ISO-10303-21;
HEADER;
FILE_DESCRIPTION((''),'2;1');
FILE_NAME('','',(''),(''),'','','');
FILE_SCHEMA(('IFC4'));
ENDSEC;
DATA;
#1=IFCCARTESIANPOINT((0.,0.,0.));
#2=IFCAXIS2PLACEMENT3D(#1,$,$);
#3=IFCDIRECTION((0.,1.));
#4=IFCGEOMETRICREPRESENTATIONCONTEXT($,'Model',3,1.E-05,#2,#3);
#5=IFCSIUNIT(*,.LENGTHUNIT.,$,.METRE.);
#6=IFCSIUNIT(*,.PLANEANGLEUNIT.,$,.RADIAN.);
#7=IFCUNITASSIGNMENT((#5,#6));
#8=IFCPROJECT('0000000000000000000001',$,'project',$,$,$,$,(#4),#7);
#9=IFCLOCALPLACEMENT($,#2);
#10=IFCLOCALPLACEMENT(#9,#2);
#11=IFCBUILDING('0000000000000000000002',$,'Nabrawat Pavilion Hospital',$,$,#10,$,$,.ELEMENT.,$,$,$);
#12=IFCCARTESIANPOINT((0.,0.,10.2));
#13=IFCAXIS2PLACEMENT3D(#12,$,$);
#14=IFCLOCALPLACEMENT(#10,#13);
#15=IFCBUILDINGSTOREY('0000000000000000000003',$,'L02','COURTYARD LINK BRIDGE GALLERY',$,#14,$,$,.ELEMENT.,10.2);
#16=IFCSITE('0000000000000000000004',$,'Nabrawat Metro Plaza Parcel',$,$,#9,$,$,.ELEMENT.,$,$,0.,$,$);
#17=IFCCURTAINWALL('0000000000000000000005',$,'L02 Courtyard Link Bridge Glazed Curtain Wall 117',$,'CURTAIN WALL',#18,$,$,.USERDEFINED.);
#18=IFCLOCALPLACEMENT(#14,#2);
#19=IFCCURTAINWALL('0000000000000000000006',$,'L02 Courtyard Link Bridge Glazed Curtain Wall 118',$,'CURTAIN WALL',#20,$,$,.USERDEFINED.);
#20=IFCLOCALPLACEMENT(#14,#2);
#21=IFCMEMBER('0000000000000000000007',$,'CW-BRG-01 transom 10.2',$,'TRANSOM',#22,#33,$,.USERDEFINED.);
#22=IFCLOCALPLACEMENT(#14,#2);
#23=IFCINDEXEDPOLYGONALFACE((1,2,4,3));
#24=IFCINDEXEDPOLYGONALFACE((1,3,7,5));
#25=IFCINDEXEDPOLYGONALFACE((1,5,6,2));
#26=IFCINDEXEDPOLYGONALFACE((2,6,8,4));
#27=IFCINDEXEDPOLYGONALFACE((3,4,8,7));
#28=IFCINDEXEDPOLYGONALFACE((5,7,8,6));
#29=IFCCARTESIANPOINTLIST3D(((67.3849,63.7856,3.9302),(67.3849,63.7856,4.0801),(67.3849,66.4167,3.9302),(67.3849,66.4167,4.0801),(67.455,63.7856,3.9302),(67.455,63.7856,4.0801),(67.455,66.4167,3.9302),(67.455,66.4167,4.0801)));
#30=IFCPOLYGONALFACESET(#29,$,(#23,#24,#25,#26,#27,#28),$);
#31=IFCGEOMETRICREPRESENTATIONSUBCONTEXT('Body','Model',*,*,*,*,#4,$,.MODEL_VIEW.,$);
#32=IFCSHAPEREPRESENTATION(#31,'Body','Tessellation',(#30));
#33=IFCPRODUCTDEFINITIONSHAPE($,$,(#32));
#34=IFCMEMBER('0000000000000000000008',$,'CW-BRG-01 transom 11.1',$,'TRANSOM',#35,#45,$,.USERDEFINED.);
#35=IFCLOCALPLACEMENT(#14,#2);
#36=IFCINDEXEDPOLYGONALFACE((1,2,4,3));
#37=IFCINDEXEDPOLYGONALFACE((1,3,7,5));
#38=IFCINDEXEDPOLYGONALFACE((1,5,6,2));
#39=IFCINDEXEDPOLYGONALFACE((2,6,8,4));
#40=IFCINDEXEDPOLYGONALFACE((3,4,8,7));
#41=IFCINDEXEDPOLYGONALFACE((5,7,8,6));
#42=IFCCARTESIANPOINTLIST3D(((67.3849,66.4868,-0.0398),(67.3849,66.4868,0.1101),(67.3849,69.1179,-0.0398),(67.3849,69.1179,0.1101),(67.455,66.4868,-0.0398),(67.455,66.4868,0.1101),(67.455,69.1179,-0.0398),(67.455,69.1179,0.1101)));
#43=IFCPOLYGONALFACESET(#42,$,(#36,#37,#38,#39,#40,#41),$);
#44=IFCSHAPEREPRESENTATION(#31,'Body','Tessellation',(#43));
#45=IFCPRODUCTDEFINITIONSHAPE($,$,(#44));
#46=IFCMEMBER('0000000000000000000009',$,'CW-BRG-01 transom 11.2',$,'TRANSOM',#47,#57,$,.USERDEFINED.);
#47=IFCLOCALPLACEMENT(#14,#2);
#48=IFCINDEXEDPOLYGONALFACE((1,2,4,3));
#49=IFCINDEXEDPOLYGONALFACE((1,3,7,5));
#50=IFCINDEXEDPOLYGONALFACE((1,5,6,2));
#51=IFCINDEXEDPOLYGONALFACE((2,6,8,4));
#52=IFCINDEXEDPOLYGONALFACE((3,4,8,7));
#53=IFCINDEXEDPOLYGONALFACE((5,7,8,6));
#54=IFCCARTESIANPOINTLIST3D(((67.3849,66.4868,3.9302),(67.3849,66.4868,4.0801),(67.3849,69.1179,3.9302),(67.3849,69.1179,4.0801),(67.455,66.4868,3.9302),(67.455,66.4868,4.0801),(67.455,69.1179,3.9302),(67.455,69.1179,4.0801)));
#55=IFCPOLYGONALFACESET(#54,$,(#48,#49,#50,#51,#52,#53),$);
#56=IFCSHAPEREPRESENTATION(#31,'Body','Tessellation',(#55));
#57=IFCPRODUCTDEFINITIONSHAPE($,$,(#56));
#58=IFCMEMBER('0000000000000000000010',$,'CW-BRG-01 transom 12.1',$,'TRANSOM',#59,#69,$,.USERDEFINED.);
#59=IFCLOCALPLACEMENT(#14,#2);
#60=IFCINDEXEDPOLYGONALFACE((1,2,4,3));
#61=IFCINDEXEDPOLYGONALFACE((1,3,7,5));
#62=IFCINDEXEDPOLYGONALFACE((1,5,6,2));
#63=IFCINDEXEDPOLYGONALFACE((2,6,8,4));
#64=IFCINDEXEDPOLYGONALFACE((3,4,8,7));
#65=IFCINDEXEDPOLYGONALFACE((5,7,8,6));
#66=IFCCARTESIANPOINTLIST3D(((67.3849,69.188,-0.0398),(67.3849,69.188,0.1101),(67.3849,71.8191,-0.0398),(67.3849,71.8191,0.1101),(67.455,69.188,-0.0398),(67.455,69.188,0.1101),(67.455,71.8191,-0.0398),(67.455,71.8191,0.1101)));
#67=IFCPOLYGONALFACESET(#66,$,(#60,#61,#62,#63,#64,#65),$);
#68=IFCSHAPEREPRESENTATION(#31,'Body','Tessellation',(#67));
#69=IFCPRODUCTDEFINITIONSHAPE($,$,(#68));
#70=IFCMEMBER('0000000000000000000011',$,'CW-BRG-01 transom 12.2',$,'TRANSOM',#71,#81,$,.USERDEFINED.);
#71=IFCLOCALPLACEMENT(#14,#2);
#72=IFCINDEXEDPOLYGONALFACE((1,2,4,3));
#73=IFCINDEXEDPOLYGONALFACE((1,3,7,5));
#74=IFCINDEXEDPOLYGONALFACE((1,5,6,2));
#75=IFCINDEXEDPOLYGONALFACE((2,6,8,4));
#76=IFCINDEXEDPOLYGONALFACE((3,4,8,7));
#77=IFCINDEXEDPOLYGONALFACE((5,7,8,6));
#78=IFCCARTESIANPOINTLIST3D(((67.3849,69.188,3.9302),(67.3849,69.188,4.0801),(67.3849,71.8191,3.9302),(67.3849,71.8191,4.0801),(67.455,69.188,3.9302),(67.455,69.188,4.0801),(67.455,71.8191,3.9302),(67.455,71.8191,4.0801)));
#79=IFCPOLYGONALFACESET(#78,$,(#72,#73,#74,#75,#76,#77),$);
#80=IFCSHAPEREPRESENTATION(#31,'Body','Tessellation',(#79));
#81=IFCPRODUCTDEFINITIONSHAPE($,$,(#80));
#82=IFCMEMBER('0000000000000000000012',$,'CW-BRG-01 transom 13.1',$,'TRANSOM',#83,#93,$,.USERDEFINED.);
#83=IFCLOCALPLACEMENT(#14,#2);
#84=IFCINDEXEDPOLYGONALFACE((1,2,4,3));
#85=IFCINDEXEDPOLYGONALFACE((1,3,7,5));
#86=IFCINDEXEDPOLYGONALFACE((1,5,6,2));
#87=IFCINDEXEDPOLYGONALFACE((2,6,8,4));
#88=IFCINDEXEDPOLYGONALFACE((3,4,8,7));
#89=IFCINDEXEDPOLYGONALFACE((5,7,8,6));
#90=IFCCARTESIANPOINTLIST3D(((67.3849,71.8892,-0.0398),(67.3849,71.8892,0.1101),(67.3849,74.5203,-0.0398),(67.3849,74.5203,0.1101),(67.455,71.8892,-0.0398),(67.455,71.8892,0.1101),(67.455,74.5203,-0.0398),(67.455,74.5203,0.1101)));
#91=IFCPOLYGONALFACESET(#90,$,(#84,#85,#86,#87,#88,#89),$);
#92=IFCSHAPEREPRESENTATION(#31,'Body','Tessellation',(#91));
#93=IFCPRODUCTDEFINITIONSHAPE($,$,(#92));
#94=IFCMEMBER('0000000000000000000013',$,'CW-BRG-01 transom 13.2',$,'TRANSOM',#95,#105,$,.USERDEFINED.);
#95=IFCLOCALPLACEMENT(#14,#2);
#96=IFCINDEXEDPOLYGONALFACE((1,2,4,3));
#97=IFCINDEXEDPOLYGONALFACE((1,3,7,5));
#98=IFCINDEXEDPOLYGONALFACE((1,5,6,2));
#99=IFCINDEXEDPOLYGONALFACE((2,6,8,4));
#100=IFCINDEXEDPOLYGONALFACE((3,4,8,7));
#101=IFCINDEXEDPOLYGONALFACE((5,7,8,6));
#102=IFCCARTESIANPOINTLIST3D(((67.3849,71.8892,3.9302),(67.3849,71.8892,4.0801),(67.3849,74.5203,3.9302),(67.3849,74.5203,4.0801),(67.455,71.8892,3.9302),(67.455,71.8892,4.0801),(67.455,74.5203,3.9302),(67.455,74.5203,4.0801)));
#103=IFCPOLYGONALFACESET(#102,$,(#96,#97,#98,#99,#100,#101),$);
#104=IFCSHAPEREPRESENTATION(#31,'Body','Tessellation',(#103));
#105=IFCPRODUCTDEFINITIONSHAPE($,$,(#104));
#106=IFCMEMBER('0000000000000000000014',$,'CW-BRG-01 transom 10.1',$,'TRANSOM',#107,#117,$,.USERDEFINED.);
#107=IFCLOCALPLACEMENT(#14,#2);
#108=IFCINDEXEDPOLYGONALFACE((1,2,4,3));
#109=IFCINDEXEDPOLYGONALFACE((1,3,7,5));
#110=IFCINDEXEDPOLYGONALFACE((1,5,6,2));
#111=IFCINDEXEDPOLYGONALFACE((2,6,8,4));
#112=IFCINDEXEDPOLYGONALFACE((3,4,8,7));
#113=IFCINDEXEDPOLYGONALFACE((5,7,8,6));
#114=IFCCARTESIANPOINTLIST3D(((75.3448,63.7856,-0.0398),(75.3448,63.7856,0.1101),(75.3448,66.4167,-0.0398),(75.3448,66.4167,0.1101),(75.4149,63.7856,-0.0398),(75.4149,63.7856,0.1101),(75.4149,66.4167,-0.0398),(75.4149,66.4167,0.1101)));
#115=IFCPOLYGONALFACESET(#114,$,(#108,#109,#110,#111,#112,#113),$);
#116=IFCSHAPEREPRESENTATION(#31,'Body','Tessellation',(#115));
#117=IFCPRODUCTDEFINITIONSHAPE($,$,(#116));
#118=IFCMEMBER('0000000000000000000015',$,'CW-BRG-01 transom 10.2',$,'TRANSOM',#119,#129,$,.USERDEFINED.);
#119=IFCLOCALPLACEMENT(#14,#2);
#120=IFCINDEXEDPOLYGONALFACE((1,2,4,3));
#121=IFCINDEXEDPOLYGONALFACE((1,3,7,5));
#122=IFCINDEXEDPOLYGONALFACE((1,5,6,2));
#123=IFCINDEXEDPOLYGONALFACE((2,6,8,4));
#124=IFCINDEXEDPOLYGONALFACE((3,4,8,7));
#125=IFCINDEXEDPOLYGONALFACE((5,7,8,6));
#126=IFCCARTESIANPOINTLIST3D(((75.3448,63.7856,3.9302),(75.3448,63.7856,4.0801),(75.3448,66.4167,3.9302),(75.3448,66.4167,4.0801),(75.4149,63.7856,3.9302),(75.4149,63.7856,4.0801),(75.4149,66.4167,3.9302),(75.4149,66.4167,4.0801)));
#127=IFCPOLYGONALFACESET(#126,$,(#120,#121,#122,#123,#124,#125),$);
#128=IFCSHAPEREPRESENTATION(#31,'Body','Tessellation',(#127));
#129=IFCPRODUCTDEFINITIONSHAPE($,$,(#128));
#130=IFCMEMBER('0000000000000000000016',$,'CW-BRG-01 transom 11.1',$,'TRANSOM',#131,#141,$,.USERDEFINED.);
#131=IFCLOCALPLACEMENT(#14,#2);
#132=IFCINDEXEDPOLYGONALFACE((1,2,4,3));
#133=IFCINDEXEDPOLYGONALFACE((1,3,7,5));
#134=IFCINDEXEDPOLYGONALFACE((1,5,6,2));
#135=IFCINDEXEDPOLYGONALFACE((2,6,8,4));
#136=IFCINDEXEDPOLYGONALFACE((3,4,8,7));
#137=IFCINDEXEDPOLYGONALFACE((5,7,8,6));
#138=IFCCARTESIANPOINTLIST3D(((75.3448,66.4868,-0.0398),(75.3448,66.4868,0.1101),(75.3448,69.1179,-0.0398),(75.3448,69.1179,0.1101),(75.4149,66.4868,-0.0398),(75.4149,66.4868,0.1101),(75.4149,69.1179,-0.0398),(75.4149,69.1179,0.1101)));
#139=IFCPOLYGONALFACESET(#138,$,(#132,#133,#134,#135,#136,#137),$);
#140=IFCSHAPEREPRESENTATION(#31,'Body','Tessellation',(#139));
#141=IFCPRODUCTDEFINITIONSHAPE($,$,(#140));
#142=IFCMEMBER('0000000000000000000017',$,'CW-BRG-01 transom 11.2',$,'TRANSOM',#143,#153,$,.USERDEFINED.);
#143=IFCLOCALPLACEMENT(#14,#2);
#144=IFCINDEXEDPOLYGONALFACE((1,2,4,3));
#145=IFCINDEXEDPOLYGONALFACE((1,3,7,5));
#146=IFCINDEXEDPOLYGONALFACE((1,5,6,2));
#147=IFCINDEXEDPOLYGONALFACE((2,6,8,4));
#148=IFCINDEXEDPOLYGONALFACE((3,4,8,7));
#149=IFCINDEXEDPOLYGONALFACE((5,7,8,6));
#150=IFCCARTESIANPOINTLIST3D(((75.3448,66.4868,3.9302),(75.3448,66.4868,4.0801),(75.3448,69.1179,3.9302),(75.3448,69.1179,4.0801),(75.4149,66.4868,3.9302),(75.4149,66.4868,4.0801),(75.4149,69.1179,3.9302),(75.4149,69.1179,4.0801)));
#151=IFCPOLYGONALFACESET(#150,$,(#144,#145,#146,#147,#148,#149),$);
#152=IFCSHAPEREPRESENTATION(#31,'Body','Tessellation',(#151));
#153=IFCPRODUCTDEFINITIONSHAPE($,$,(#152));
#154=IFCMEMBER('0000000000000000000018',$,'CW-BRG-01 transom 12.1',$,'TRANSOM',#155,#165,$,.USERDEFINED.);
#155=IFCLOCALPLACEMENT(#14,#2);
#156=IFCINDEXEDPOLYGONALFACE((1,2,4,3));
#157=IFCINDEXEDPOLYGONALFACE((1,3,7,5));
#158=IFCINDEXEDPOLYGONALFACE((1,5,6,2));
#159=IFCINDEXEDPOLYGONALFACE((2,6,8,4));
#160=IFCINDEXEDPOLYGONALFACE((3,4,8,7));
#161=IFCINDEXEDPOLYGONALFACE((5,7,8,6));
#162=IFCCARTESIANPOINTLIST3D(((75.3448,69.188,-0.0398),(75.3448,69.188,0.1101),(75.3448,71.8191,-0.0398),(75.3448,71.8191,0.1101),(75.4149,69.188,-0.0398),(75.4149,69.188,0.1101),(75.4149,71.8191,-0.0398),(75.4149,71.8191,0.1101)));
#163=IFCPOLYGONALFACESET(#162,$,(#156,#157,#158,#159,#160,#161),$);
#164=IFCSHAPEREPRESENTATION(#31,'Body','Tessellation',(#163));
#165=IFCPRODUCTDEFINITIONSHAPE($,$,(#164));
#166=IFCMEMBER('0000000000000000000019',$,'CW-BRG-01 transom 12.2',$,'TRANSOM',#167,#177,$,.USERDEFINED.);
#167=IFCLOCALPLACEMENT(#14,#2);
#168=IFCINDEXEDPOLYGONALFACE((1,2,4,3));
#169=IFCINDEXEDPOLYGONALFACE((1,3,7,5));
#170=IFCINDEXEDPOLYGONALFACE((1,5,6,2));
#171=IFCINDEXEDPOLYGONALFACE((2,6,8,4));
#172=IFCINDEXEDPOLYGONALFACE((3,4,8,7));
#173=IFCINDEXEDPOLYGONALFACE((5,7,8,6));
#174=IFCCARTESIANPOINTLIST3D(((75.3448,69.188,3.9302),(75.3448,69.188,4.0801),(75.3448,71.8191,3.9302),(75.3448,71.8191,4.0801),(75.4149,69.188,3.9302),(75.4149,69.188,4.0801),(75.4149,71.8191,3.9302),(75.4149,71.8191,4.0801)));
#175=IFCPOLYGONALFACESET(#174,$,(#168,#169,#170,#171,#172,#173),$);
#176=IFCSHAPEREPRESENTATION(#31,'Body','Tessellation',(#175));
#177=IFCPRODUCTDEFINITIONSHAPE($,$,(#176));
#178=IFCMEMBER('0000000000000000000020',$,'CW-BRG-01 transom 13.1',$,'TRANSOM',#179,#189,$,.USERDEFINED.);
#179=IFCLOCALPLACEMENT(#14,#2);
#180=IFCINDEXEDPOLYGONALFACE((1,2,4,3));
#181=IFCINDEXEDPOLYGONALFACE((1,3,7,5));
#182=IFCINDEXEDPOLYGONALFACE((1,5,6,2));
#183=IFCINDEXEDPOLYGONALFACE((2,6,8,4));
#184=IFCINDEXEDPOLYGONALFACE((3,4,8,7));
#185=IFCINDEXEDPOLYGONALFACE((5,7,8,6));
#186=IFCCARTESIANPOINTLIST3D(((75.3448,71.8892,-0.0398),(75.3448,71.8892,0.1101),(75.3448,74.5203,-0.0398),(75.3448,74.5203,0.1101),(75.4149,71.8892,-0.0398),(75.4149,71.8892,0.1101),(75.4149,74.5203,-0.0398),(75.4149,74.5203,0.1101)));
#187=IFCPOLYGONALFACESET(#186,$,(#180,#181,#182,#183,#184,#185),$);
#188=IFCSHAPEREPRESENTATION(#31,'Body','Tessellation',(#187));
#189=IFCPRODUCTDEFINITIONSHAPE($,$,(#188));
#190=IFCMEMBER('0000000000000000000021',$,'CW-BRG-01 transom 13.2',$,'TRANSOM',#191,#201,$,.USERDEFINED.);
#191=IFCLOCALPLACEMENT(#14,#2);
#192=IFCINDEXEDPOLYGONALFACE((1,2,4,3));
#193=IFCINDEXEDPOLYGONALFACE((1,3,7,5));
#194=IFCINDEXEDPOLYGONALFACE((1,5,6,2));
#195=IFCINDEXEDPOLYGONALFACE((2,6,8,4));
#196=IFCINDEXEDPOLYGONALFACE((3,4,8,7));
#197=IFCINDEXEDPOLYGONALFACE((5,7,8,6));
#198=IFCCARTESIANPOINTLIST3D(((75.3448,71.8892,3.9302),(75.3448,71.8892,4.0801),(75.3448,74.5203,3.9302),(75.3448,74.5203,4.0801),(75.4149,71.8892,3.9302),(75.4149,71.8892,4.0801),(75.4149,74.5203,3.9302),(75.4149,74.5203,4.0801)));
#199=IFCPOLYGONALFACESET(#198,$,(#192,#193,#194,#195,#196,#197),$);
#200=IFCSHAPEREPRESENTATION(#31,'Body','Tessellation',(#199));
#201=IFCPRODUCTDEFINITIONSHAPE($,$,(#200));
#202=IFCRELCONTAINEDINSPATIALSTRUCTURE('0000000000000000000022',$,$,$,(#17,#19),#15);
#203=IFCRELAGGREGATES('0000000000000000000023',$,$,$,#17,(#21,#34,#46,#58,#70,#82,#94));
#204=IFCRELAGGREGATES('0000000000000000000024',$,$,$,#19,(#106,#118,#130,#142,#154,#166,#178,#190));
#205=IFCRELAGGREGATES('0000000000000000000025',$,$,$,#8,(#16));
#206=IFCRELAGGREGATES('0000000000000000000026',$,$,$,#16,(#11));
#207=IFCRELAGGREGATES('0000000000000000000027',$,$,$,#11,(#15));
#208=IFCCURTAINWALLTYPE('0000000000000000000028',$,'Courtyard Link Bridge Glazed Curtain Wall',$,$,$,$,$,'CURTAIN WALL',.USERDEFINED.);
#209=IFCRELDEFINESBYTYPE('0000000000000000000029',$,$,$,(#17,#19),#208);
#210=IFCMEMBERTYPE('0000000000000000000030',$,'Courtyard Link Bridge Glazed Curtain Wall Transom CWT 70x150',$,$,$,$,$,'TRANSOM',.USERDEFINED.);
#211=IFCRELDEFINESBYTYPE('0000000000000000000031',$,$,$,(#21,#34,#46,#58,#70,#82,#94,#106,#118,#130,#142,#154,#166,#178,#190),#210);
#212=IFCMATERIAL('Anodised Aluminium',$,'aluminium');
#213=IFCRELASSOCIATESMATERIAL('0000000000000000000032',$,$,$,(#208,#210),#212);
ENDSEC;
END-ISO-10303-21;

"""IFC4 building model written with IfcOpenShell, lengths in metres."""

from ifc_helpers import new_model, si_unit, direction, frame, origin, origin_2d, place, context, subcontext, project, spatial, rectangle, extrude, material, material_profile, profile_set, type_object, element, aggregate, save


model = new_model("IFC4")

# Units and contexts
model_context = context("Model", 3, precision=1e-05, world=origin(), true_north=direction((0.0, 1.0)))
body_context = subcontext(model_context, "Body", "Model", "MODEL_VIEW")
ifc_project = project(units=[si_unit("LENGTHUNIT", "METRE"), si_unit("PLANEANGLEUNIT", "RADIAN")], contexts=[model_context])

# Site, building, storey
site_placement = place(None, origin())
site = spatial("IfcSite", under=ifc_project, at=site_placement, Name="Nabrawat Metro Plaza Parcel", CompositionType="ELEMENT", RefElevation=0.0)
building_placement = place(site_placement, origin())
building = spatial("IfcBuilding", under=site, at=building_placement, Name="Nabrawat Pavilion Hospital", CompositionType="ELEMENT")
storey_placement = place(building_placement, frame((0.0, 0.0, 10.2)))
storey = spatial("IfcBuildingStorey", under=building, at=storey_placement, Name="L02", Description="COURTYARD LINK BRIDGE GALLERY", CompositionType="ELEMENT", Elevation=10.2)

# Curtain walls
ifc_material_1 = material(Name="Anodised Aluminium", Category="aluminium")
curtain_wall_type = type_object("IfcCurtainWallType", Name="Courtyard Link Bridge Glazed Curtain Wall", ElementType="CURTAIN WALL", PredefinedType="USERDEFINED", material=ifc_material_1)
curtain_wall_1_placement = place(storey_placement, origin())
curtain_wall_1 = element("IfcCurtainWall", 1, at=curtain_wall_1_placement, inside=storey, type_object=curtain_wall_type, Name="L02 Courtyard Link Bridge Glazed Curtain Wall 117", ObjectType="CURTAIN WALL", PredefinedType="USERDEFINED")
curtain_wall_2_placement = place(storey_placement, origin())
curtain_wall_2 = element("IfcCurtainWall", 2, at=curtain_wall_2_placement, inside=storey, type_object=curtain_wall_type, Name="L02 Courtyard Link Bridge Glazed Curtain Wall 118", ObjectType="CURTAIN WALL", PredefinedType="USERDEFINED")

# Members
ifc_material_profile_1 = material_profile(ifc_material_1, rectangle(XDim=0.0701, YDim=0.1499, at=origin_2d()), Name="CWT 70x150")
ifc_profile_set_1 = profile_set([ifc_material_profile_1], Name="Anodised Aluminium")
member_type_1 = type_object("IfcMemberType", Name="Courtyard Link Bridge Glazed Curtain Wall Transom CWT 70x150", ElementType="TRANSOM", PredefinedType="USERDEFINED", material=ifc_profile_set_1)
member_1_placement = place(storey_placement, frame((67.4199, 63.7856, 4.0051), z_axis=(0.0, 1.0, 0.0), x_axis=(-1.0, 0.0, 0.0)))
member_1 = element("IfcMember", 3, at=member_1_placement, type_object=member_type_1, Name="CW-BRG-01 transom 10.2", ObjectType="TRANSOM", PredefinedType="USERDEFINED", context=body_context, shape_type="SweptSolid", body=[
    extrude(rectangle(XDim=0.0701, YDim=0.1499, at=origin_2d()), origin(), (0.0, 0.0, 1.0), 2.6311),
])
member_2_placement = place(storey_placement, frame((67.4199, 66.4868, 0.0352), z_axis=(0.0, 1.0, 0.0), x_axis=(-1.0, 0.0, 0.0)))
member_2 = element("IfcMember", 4, at=member_2_placement, type_object=member_type_1, Name="CW-BRG-01 transom 11.1", ObjectType="TRANSOM", PredefinedType="USERDEFINED", context=body_context, shape_type="SweptSolid", body=[
    extrude(rectangle(XDim=0.0701, YDim=0.1499, at=origin_2d()), origin(), (0.0, 0.0, 1.0), 2.6311),
])
member_3_placement = place(storey_placement, frame((67.4199, 66.4868, 4.0051), z_axis=(0.0, 1.0, 0.0), x_axis=(-1.0, 0.0, 0.0)))
member_3 = element("IfcMember", 5, at=member_3_placement, type_object=member_type_1, Name="CW-BRG-01 transom 11.2", ObjectType="TRANSOM", PredefinedType="USERDEFINED", context=body_context, shape_type="SweptSolid", body=[
    extrude(rectangle(XDim=0.0701, YDim=0.1499, at=origin_2d()), origin(), (0.0, 0.0, 1.0), 2.6311),
])
member_4_placement = place(storey_placement, frame((67.4199, 69.188, 0.0352), z_axis=(0.0, 1.0, 0.0), x_axis=(-1.0, 0.0, 0.0)))
member_4 = element("IfcMember", 6, at=member_4_placement, type_object=member_type_1, Name="CW-BRG-01 transom 12.1", ObjectType="TRANSOM", PredefinedType="USERDEFINED", context=body_context, shape_type="SweptSolid", body=[
    extrude(rectangle(XDim=0.0701, YDim=0.1499, at=origin_2d()), origin(), (0.0, 0.0, 1.0), 2.6311),
])
member_5_placement = place(storey_placement, frame((67.4199, 69.188, 4.0051), z_axis=(0.0, 1.0, 0.0), x_axis=(-1.0, 0.0, 0.0)))
member_5 = element("IfcMember", 7, at=member_5_placement, type_object=member_type_1, Name="CW-BRG-01 transom 12.2", ObjectType="TRANSOM", PredefinedType="USERDEFINED", context=body_context, shape_type="SweptSolid", body=[
    extrude(rectangle(XDim=0.0701, YDim=0.1499, at=origin_2d()), origin(), (0.0, 0.0, 1.0), 2.6311),
])
member_6_placement = place(storey_placement, frame((67.4199, 71.8892, 0.0352), z_axis=(0.0, 1.0, 0.0), x_axis=(-1.0, 0.0, 0.0)))
member_6 = element("IfcMember", 8, at=member_6_placement, type_object=member_type_1, Name="CW-BRG-01 transom 13.1", ObjectType="TRANSOM", PredefinedType="USERDEFINED", context=body_context, shape_type="SweptSolid", body=[
    extrude(rectangle(XDim=0.0701, YDim=0.1499, at=origin_2d()), origin(), (0.0, 0.0, 1.0), 2.6311),
])
member_7_placement = place(storey_placement, frame((67.4199, 71.8892, 4.0051), z_axis=(0.0, 1.0, 0.0), x_axis=(-1.0, 0.0, 0.0)))
member_7 = element("IfcMember", 9, at=member_7_placement, type_object=member_type_1, Name="CW-BRG-01 transom 13.2", ObjectType="TRANSOM", PredefinedType="USERDEFINED", context=body_context, shape_type="SweptSolid", body=[
    extrude(rectangle(XDim=0.0701, YDim=0.1499, at=origin_2d()), origin(), (0.0, 0.0, 1.0), 2.6311),
])
member_8_placement = place(storey_placement, frame((75.3799, 63.7856, 0.0352), z_axis=(0.0, 1.0, 0.0), x_axis=(-1.0, 0.0, 0.0)))
member_8 = element("IfcMember", 10, at=member_8_placement, type_object=member_type_1, Name="CW-BRG-01 transom 10.1", ObjectType="TRANSOM", PredefinedType="USERDEFINED", context=body_context, shape_type="SweptSolid", body=[
    extrude(rectangle(XDim=0.0701, YDim=0.1499, at=origin_2d()), origin(), (0.0, 0.0, 1.0), 2.6311),
])
member_9_placement = place(storey_placement, frame((75.3799, 63.7856, 4.0051), z_axis=(0.0, 1.0, 0.0), x_axis=(-1.0, 0.0, 0.0)))
member_9 = element("IfcMember", 11, at=member_9_placement, type_object=member_type_1, Name="CW-BRG-01 transom 10.2", ObjectType="TRANSOM", PredefinedType="USERDEFINED", context=body_context, shape_type="SweptSolid", body=[
    extrude(rectangle(XDim=0.0701, YDim=0.1499, at=origin_2d()), origin(), (0.0, 0.0, 1.0), 2.6311),
])
member_10_placement = place(storey_placement, frame((75.3799, 66.4868, 0.0352), z_axis=(0.0, 1.0, 0.0), x_axis=(-1.0, 0.0, 0.0)))
member_10 = element("IfcMember", 12, at=member_10_placement, type_object=member_type_1, Name="CW-BRG-01 transom 11.1", ObjectType="TRANSOM", PredefinedType="USERDEFINED", context=body_context, shape_type="SweptSolid", body=[
    extrude(rectangle(XDim=0.0701, YDim=0.1499, at=origin_2d()), origin(), (0.0, 0.0, 1.0), 2.6311),
])
member_11_placement = place(storey_placement, frame((75.3799, 66.4868, 4.0051), z_axis=(0.0, 1.0, 0.0), x_axis=(-1.0, 0.0, 0.0)))
member_11 = element("IfcMember", 13, at=member_11_placement, type_object=member_type_1, Name="CW-BRG-01 transom 11.2", ObjectType="TRANSOM", PredefinedType="USERDEFINED", context=body_context, shape_type="SweptSolid", body=[
    extrude(rectangle(XDim=0.0701, YDim=0.1499, at=origin_2d()), origin(), (0.0, 0.0, 1.0), 2.6311),
])
member_12_placement = place(storey_placement, frame((75.3799, 69.188, 0.0352), z_axis=(0.0, 1.0, 0.0), x_axis=(-1.0, 0.0, 0.0)))
member_12 = element("IfcMember", 14, at=member_12_placement, type_object=member_type_1, Name="CW-BRG-01 transom 12.1", ObjectType="TRANSOM", PredefinedType="USERDEFINED", context=body_context, shape_type="SweptSolid", body=[
    extrude(rectangle(XDim=0.0701, YDim=0.1499, at=origin_2d()), origin(), (0.0, 0.0, 1.0), 2.6311),
])
member_13_placement = place(storey_placement, frame((75.3799, 69.188, 4.0051), z_axis=(0.0, 1.0, 0.0), x_axis=(-1.0, 0.0, 0.0)))
member_13 = element("IfcMember", 15, at=member_13_placement, type_object=member_type_1, Name="CW-BRG-01 transom 12.2", ObjectType="TRANSOM", PredefinedType="USERDEFINED", context=body_context, shape_type="SweptSolid", body=[
    extrude(rectangle(XDim=0.0701, YDim=0.1499, at=origin_2d()), origin(), (0.0, 0.0, 1.0), 2.6311),
])
member_14_placement = place(storey_placement, frame((75.3799, 71.8892, 0.0352), z_axis=(0.0, 1.0, 0.0), x_axis=(-1.0, 0.0, 0.0)))
member_14 = element("IfcMember", 16, at=member_14_placement, type_object=member_type_1, Name="CW-BRG-01 transom 13.1", ObjectType="TRANSOM", PredefinedType="USERDEFINED", context=body_context, shape_type="SweptSolid", body=[
    extrude(rectangle(XDim=0.0701, YDim=0.1499, at=origin_2d()), origin(), (0.0, 0.0, 1.0), 2.6311),
])
member_15_placement = place(storey_placement, frame((75.3799, 71.8892, 4.0051), z_axis=(0.0, 1.0, 0.0), x_axis=(-1.0, 0.0, 0.0)))
member_15 = element("IfcMember", 17, at=member_15_placement, type_object=member_type_1, Name="CW-BRG-01 transom 13.2", ObjectType="TRANSOM", PredefinedType="USERDEFINED", context=body_context, shape_type="SweptSolid", body=[
    extrude(rectangle(XDim=0.0701, YDim=0.1499, at=origin_2d()), origin(), (0.0, 0.0, 1.0), 2.6311),
])

aggregate(curtain_wall_1, [member_1, member_2, member_3, member_4, member_5, member_6, member_7])
aggregate(curtain_wall_2, [member_8, member_9, member_10, member_11, member_12, member_13, member_14, member_15])

save(model, "model.ifc")
